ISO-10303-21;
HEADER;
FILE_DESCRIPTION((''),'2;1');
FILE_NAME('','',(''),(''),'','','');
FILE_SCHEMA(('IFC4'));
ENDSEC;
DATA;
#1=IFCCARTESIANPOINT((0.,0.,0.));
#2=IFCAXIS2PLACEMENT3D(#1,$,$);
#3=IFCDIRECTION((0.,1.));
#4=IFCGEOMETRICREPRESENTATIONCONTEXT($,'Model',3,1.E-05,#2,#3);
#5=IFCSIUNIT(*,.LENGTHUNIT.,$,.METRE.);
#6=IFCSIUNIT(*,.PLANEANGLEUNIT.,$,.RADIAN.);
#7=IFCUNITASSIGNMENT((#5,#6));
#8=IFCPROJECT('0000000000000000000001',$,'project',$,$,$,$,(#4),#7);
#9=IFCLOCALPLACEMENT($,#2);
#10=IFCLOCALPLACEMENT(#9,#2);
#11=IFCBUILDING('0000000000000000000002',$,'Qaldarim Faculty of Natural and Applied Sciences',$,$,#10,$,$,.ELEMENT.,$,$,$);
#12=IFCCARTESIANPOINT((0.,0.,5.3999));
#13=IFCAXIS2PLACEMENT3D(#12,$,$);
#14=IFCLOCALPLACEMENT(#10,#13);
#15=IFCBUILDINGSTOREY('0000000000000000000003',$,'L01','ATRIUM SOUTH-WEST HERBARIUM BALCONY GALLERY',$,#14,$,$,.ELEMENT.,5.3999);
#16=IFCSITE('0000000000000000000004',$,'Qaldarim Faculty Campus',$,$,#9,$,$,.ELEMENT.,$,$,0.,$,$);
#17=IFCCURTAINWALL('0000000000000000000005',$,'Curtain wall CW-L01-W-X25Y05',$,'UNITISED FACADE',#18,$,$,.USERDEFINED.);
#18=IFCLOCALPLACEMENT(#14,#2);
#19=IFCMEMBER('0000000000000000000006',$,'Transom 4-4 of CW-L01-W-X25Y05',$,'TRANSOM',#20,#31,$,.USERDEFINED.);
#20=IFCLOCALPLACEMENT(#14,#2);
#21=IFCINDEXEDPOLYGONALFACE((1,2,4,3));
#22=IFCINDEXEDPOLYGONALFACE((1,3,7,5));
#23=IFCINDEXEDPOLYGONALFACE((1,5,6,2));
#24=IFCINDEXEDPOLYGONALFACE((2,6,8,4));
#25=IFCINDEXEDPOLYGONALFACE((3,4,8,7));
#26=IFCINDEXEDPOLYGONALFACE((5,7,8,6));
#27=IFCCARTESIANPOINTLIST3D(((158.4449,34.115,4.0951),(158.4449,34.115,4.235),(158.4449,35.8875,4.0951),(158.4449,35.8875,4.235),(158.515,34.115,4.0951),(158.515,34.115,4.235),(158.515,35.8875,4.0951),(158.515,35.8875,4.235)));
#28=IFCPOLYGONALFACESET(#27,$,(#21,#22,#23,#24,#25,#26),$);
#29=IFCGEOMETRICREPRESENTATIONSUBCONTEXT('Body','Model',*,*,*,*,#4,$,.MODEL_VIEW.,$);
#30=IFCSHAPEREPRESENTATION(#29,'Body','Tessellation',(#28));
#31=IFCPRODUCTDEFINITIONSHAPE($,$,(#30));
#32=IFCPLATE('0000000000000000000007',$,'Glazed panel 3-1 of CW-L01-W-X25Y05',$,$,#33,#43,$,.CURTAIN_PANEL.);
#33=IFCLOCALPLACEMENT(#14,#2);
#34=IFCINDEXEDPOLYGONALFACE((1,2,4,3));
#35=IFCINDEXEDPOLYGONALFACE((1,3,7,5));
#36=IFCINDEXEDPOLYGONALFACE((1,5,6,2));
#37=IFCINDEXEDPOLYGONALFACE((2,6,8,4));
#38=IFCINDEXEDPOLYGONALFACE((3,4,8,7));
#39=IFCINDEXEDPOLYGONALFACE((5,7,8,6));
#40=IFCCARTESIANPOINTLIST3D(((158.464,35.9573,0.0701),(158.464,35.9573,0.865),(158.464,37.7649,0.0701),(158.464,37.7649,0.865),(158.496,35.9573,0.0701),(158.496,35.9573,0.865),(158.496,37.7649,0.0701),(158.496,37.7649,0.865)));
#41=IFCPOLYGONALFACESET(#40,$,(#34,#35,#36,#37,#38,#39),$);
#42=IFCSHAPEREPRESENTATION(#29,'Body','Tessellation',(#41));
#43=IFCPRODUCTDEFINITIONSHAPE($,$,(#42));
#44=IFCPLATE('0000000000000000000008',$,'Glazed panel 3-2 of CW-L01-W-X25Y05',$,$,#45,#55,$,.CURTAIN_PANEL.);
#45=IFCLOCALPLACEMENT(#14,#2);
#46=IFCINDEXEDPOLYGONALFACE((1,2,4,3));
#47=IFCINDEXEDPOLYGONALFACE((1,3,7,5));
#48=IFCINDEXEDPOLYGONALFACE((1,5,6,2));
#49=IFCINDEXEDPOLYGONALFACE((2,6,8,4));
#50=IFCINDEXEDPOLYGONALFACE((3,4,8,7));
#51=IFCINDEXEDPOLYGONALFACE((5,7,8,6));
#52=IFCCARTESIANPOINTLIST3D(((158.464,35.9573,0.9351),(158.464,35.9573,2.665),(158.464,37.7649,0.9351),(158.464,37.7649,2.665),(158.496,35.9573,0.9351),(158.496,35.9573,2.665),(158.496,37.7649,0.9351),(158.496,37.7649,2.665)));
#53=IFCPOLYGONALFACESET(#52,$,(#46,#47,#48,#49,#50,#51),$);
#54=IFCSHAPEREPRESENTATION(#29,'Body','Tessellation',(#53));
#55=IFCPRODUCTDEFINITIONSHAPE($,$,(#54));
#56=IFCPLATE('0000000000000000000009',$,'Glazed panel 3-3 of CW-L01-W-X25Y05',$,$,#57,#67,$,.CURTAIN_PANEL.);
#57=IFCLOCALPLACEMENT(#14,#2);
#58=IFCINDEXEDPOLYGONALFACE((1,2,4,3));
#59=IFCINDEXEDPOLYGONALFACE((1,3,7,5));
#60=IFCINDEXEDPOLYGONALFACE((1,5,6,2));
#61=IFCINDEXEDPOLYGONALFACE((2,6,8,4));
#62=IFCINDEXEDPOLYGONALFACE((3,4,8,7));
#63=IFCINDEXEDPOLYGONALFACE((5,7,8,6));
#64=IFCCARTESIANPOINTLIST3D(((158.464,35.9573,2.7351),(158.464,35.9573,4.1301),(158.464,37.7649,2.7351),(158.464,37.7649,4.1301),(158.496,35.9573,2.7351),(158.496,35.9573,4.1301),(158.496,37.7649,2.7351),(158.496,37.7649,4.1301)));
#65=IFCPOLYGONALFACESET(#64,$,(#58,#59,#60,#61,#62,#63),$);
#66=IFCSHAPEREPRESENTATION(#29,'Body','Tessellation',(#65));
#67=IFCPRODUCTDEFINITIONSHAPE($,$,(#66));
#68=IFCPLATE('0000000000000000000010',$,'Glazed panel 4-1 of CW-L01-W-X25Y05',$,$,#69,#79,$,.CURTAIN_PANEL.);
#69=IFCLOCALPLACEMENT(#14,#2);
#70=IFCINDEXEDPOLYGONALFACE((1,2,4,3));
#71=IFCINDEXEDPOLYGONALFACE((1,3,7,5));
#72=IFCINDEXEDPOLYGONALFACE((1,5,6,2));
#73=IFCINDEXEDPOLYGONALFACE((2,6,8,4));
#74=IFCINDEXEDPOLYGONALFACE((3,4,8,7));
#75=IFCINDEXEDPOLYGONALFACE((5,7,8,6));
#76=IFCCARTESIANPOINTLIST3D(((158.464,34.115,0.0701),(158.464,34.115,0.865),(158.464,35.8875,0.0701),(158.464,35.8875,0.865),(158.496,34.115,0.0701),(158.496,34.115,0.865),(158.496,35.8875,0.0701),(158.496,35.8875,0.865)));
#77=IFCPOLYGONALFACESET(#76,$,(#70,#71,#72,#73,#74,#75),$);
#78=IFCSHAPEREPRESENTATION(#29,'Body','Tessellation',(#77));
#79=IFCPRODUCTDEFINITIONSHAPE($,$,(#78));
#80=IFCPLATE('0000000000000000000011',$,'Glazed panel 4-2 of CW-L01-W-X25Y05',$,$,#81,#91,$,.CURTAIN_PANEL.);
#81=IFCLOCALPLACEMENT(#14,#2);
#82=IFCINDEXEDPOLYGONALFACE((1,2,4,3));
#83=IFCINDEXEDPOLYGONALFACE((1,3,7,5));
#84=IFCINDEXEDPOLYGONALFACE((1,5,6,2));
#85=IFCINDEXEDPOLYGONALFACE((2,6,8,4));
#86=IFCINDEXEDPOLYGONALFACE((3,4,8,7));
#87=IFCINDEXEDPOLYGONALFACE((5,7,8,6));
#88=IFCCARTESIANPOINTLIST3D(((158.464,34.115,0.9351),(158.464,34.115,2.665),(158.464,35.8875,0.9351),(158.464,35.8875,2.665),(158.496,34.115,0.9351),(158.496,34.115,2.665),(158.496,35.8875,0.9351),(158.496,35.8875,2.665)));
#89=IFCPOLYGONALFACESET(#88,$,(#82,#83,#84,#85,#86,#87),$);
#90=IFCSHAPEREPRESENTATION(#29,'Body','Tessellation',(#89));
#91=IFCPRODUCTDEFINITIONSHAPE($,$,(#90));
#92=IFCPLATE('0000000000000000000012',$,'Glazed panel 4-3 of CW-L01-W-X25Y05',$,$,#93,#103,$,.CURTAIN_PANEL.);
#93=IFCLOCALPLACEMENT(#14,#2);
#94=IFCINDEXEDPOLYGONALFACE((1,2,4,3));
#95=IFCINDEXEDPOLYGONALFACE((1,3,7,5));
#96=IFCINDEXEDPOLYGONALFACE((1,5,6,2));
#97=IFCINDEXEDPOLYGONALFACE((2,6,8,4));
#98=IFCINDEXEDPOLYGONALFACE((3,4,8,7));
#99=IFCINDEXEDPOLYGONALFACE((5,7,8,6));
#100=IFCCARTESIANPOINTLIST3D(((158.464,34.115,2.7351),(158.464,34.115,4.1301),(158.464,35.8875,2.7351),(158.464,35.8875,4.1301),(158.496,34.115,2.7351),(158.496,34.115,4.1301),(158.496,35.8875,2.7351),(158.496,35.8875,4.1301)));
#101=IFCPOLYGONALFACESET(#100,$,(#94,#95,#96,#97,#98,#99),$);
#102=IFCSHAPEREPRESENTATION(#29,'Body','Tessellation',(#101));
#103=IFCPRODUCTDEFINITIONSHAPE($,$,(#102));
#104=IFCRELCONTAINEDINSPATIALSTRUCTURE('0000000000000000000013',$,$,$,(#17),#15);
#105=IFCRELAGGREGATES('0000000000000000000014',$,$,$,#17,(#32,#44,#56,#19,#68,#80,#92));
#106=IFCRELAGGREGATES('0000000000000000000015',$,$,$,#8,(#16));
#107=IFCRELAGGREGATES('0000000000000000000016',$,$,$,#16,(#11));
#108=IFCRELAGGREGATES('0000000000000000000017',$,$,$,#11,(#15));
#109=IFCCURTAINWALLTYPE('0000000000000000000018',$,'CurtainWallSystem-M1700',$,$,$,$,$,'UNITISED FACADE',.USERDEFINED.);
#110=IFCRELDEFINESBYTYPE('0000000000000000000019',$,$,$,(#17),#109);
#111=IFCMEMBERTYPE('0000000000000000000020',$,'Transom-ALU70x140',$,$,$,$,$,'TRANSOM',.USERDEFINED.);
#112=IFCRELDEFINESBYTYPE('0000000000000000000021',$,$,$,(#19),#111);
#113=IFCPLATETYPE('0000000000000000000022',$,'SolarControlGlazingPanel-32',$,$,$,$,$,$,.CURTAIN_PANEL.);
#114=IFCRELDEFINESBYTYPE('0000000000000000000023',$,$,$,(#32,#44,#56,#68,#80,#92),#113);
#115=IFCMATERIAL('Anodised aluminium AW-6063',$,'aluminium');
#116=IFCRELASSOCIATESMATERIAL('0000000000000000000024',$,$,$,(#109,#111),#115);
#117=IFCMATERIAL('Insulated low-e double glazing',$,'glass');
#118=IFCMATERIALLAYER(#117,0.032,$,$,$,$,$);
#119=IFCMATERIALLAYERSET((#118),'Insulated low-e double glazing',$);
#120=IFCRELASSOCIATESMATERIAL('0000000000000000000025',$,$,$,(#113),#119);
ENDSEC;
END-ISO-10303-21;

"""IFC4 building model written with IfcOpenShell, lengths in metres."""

from ifc_helpers import new_model, si_unit, direction, frame, origin, origin_2d, place, context, subcontext, project, spatial, rectangle, extrude, material, layer, layer_set, material_profile, profile_set, type_object, element, aggregate, save


model = new_model("IFC4")

# Units and contexts
model_context = context("Model", 3, precision=1e-05, world=origin(), true_north=direction((0.0, 1.0)))
body_context = subcontext(model_context, "Body", "Model", "MODEL_VIEW")
ifc_project = project(units=[si_unit("LENGTHUNIT", "METRE"), si_unit("PLANEANGLEUNIT", "RADIAN")], contexts=[model_context])

# Site, building, storey
site_placement = place(None, origin())
site = spatial("IfcSite", under=ifc_project, at=site_placement, Name="Qaldarim Faculty Campus", CompositionType="ELEMENT", RefElevation=0.0)
building_placement = place(site_placement, origin())
building = spatial("IfcBuilding", under=site, at=building_placement, Name="Qaldarim Faculty of Natural and Applied Sciences", CompositionType="ELEMENT")
storey_placement = place(building_placement, frame((0.0, 0.0, 5.3999)))
storey = spatial("IfcBuildingStorey", under=building, at=storey_placement, Name="L01", Description="ATRIUM SOUTH-WEST HERBARIUM BALCONY GALLERY", CompositionType="ELEMENT", Elevation=5.3999)

# Curtain wall, member, plates
ifc_material_1 = material(Name="Anodised aluminium AW-6063", Category="aluminium")
curtain_wall_type = type_object("IfcCurtainWallType", Name="CurtainWallSystem-M1700", ElementType="UNITISED FACADE", PredefinedType="USERDEFINED", material=ifc_material_1)
curtain_wall_placement = place(storey_placement, origin())
curtain_wall = element("IfcCurtainWall", 1, at=curtain_wall_placement, inside=storey, type_object=curtain_wall_type, Name="Curtain wall CW-L01-W-X25Y05", ObjectType="UNITISED FACADE", PredefinedType="USERDEFINED")
ifc_material_profile_1 = material_profile(ifc_material_1, rectangle(XDim=0.0701, YDim=0.1399, at=origin_2d()), Name="ALU-T70x140")
ifc_profile_set_1 = profile_set([ifc_material_profile_1], Name="Anodised aluminium AW-6063")
member_type_1 = type_object("IfcMemberType", Name="Transom-ALU70x140", ElementType="TRANSOM", PredefinedType="USERDEFINED", material=ifc_profile_set_1)
member_1_placement = place(storey_placement, frame((158.48, 35.8875, 4.165), z_axis=(0.0, -1.0, 0.0), x_axis=(1.0, 0.0, 0.0)))
member_1 = element("IfcMember", 2, at=member_1_placement, type_object=member_type_1, Name="Transom 4-4 of CW-L01-W-X25Y05", ObjectType="TRANSOM", PredefinedType="USERDEFINED", context=body_context, shape_type="SweptSolid", body=[
    extrude(rectangle(XDim=0.0701, YDim=0.1399, at=origin_2d()), origin(), (0.0, 0.0, 1.0), 1.7725),
])
ifc_material_2 = material(Name="Insulated low-e double glazing", Category="glass")
ifc_layer = layer(ifc_material_2, 0.032)
ifc_layer_set = layer_set([ifc_layer], Name="Insulated low-e double glazing")
plate_type = type_object("IfcPlateType", Name="SolarControlGlazingPanel-32", PredefinedType="CURTAIN_PANEL", material=ifc_layer_set)
plate_1_placement = place(storey_placement, frame((158.48, 36.8611, 0.0701), z_axis=(0.0, 0.0, 1.0), x_axis=(0.0, -1.0, 0.0)))
plate_1 = element("IfcPlate", 3, at=plate_1_placement, type_object=plate_type, Name="Glazed panel 3-1 of CW-L01-W-X25Y05", PredefinedType="CURTAIN_PANEL", context=body_context, shape_type="SweptSolid", body=[
    extrude(rectangle(XDim=1.8076, YDim=0.032, at=origin_2d()), origin(), (0.0, 0.0, 1.0), 0.7949),
])
plate_2_placement = place(storey_placement, frame((158.48, 36.8611, 0.9351), z_axis=(0.0, 0.0, 1.0), x_axis=(0.0, -1.0, 0.0)))
plate_2 = element("IfcPlate", 4, at=plate_2_placement, type_object=plate_type, Name="Glazed panel 3-2 of CW-L01-W-X25Y05", PredefinedType="CURTAIN_PANEL", context=body_context, shape_type="SweptSolid", body=[
    extrude(rectangle(XDim=1.8076, YDim=0.032, at=origin_2d()), origin(), (0.0, 0.0, 1.0), 1.73),
])
plate_3_placement = place(storey_placement, frame((158.48, 36.8611, 2.7351), z_axis=(0.0, 0.0, 1.0), x_axis=(0.0, -1.0, 0.0)))
plate_3 = element("IfcPlate", 5, at=plate_3_placement, type_object=plate_type, Name="Glazed panel 3-3 of CW-L01-W-X25Y05", PredefinedType="CURTAIN_PANEL", context=body_context, shape_type="SweptSolid", body=[
    extrude(rectangle(XDim=1.8076, YDim=0.032, at=origin_2d()), origin(), (0.0, 0.0, 1.0), 1.395),
])
plate_4_placement = place(storey_placement, frame((158.48, 35.0012, 0.0701), z_axis=(0.0, 0.0, 1.0), x_axis=(0.0, -1.0, 0.0)))
plate_4 = element("IfcPlate", 6, at=plate_4_placement, type_object=plate_type, Name="Glazed panel 4-1 of CW-L01-W-X25Y05", PredefinedType="CURTAIN_PANEL", context=body_context, shape_type="SweptSolid", body=[
    extrude(rectangle(XDim=1.7725, YDim=0.032, at=origin_2d()), origin(), (0.0, 0.0, 1.0), 0.7949),
])
plate_5_placement = place(storey_placement, frame((158.48, 35.0012, 0.9351), z_axis=(0.0, 0.0, 1.0), x_axis=(0.0, -1.0, 0.0)))
plate_5 = element("IfcPlate", 7, at=plate_5_placement, type_object=plate_type, Name="Glazed panel 4-2 of CW-L01-W-X25Y05", PredefinedType="CURTAIN_PANEL", context=body_context, shape_type="SweptSolid", body=[
    extrude(rectangle(XDim=1.7725, YDim=0.032, at=origin_2d()), origin(), (0.0, 0.0, 1.0), 1.73),
])
plate_6_placement = place(storey_placement, frame((158.48, 35.0012, 2.7351), z_axis=(0.0, 0.0, 1.0), x_axis=(0.0, -1.0, 0.0)))
plate_6 = element("IfcPlate", 8, at=plate_6_placement, type_object=plate_type, Name="Glazed panel 4-3 of CW-L01-W-X25Y05", PredefinedType="CURTAIN_PANEL", context=body_context, shape_type="SweptSolid", body=[
    extrude(rectangle(XDim=1.7725, YDim=0.032, at=origin_2d()), origin(), (0.0, 0.0, 1.0), 1.395),
])
aggregate(curtain_wall, [plate_1, plate_2, plate_3, member_1, plate_4, plate_5, plate_6])

save(model, "model.ifc")
